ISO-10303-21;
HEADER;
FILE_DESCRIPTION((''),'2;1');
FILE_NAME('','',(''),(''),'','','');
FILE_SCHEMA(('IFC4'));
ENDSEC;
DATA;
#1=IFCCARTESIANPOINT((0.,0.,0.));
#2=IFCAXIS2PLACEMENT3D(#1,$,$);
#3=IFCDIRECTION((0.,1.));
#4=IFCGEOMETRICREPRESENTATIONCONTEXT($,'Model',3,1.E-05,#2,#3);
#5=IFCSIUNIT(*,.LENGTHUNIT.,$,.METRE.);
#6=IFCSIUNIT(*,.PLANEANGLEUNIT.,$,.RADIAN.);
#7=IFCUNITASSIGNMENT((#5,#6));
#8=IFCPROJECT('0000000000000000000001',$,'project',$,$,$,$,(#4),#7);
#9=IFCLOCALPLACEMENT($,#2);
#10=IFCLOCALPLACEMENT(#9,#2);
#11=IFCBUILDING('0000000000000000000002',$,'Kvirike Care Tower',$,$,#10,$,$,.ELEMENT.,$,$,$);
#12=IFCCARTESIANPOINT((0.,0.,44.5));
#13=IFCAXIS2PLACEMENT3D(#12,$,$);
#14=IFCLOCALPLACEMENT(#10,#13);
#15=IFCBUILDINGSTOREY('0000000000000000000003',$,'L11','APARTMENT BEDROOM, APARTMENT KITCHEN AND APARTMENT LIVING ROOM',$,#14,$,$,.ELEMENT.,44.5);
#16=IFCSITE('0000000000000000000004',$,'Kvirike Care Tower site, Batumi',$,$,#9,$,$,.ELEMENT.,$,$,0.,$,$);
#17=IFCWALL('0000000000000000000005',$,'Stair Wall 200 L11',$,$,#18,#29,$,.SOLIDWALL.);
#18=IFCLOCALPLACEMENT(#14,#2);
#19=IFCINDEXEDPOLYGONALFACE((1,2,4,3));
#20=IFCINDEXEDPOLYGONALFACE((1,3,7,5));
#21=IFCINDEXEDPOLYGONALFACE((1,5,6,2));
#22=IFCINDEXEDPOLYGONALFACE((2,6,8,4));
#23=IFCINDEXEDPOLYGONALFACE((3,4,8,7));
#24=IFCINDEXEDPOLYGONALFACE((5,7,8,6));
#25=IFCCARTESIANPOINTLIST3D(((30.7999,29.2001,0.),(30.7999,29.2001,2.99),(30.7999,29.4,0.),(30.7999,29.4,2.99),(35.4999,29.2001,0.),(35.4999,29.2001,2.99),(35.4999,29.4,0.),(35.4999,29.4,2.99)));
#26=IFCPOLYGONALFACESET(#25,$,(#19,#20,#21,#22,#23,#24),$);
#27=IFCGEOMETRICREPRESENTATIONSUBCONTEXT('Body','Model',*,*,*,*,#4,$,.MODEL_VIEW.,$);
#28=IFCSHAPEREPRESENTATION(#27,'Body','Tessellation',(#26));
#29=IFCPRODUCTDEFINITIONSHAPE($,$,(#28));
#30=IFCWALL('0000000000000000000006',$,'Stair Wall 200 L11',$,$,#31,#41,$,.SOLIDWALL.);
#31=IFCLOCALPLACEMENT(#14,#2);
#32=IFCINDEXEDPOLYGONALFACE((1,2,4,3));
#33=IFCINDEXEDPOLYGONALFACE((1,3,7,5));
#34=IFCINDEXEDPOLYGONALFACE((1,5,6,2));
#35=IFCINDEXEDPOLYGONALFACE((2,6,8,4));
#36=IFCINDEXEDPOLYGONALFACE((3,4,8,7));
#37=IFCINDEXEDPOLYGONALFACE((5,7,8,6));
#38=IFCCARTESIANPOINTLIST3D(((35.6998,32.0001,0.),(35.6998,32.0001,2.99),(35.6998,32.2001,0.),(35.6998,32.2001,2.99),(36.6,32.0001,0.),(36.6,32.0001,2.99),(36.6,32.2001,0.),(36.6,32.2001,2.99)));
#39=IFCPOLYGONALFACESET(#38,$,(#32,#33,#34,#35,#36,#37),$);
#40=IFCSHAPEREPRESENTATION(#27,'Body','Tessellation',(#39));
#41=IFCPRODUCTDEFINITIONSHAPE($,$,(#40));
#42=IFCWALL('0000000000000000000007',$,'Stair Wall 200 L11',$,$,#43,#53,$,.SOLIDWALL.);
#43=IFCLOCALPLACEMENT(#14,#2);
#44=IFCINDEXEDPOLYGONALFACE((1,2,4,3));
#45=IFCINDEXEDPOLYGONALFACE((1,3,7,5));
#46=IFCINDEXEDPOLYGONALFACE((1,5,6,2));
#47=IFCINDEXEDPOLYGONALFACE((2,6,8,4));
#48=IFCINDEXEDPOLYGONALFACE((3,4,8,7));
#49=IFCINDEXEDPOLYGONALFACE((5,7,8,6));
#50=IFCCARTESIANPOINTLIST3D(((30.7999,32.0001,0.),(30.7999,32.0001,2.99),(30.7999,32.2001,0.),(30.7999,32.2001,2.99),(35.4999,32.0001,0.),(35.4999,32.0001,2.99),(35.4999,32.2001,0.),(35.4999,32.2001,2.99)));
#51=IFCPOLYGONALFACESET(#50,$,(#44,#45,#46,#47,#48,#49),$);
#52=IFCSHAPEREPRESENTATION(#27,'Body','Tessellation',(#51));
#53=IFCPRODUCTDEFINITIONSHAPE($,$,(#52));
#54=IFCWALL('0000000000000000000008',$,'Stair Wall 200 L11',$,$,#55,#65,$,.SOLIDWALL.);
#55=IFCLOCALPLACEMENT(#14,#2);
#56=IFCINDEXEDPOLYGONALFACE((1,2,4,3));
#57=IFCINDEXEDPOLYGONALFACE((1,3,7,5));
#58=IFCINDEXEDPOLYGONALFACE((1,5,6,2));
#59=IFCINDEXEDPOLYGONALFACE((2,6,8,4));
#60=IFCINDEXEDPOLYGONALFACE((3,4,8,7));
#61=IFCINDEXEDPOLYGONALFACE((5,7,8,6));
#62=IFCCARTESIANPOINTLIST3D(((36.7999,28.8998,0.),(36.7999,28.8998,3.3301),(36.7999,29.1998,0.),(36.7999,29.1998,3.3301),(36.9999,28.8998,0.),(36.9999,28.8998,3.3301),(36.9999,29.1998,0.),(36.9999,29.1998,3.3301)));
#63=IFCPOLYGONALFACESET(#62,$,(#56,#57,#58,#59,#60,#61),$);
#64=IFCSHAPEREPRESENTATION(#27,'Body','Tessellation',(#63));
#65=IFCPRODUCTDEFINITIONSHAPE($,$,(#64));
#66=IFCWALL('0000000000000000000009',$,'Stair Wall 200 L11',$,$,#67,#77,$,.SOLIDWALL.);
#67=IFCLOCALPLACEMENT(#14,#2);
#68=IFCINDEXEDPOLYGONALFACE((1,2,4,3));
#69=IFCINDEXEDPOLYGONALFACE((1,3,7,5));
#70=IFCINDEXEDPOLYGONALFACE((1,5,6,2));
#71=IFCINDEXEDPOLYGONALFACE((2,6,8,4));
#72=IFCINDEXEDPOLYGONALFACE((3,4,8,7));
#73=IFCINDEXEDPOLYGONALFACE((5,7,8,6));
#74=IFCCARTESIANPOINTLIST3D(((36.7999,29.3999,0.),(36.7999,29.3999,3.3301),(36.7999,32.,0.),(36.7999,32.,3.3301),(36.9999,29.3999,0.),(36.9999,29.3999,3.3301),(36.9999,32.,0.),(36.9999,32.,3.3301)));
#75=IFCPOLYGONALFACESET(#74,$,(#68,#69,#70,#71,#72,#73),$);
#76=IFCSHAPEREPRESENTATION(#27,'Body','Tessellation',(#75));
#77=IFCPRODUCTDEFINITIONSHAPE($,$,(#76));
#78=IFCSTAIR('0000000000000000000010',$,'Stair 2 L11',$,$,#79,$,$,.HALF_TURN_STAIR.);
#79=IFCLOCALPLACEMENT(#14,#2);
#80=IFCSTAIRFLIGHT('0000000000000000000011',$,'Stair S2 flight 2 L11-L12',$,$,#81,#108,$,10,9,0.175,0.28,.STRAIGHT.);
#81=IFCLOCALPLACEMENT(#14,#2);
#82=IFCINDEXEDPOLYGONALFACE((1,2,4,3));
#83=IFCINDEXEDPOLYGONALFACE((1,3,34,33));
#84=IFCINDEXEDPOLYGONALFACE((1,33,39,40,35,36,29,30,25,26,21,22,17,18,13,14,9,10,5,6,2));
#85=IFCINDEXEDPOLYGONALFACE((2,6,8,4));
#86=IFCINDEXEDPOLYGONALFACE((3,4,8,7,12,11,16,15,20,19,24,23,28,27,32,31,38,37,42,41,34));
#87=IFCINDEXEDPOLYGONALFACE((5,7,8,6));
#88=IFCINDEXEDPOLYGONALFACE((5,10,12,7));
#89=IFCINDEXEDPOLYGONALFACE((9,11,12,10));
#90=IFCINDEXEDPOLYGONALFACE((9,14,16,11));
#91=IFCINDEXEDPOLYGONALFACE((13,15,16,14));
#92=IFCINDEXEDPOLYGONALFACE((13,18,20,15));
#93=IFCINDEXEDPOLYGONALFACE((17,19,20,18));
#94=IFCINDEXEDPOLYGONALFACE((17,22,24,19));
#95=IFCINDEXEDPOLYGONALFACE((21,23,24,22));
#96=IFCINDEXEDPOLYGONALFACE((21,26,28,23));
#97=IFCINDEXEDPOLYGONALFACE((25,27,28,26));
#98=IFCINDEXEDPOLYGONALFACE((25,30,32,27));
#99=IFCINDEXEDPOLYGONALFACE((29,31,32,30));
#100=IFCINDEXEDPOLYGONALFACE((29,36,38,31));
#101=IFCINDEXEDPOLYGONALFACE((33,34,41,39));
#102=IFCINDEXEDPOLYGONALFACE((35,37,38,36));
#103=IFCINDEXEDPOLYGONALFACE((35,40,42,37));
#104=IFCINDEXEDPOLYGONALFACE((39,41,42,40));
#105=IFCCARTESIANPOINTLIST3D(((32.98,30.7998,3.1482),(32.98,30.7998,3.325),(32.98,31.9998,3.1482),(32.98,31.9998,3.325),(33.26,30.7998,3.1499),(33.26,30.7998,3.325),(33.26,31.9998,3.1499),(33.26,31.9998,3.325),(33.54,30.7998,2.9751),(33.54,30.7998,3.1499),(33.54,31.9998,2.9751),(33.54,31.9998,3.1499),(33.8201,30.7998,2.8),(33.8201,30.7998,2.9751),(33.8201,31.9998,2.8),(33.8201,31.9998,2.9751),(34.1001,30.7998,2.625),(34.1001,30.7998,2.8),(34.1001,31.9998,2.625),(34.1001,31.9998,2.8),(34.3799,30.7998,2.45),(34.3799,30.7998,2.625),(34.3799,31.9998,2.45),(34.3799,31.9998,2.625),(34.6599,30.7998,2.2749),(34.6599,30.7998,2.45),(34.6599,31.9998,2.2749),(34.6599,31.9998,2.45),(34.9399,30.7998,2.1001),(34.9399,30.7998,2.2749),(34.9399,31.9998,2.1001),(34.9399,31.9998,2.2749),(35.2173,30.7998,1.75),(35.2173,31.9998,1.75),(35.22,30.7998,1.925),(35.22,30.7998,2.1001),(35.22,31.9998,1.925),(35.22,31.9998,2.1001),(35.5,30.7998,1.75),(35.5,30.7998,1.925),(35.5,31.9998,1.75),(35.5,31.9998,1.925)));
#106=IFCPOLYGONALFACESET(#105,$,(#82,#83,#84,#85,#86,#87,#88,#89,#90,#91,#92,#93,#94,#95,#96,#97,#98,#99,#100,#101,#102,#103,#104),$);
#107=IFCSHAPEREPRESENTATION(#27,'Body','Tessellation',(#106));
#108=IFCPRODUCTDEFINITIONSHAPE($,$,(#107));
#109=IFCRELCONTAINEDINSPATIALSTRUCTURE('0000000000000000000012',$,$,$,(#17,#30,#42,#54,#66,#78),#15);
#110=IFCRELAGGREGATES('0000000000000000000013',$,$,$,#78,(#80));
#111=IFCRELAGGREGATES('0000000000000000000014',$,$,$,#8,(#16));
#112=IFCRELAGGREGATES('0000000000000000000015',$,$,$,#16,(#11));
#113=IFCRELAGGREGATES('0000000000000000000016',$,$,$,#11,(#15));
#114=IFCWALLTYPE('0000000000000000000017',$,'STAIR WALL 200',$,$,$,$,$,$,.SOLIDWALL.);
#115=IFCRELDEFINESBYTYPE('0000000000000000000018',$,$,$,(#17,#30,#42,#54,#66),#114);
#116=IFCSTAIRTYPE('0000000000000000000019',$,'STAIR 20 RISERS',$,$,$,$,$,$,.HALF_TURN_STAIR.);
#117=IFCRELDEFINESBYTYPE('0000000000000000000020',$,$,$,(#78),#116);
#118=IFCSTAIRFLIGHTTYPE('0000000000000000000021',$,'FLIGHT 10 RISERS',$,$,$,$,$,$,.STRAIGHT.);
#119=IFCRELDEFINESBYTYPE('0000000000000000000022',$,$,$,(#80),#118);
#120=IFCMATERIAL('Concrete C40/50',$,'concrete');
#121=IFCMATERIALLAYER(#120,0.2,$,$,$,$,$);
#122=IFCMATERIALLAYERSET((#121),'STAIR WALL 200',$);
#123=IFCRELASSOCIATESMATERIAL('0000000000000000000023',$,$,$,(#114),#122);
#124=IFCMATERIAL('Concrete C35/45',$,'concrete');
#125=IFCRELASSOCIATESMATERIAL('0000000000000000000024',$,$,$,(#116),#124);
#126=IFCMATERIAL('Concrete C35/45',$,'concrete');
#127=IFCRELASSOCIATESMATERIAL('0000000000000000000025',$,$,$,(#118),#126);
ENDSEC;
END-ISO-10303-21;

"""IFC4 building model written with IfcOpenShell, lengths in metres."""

from ifc_helpers import new_model, si_unit, direction, frame, frame_2d, origin, place, context, subcontext, project, spatial, polyline, rectangle, outline, extrude, material, layer, layer_set, type_object, element, aggregate, save


model = new_model("IFC4")

# Units and contexts
model_context = context("Model", 3, precision=1e-05, world=origin(), true_north=direction((0.0, 1.0)))
body_context = subcontext(model_context, "Body", "Model", "MODEL_VIEW")
ifc_project = project(units=[si_unit("LENGTHUNIT", "METRE"), si_unit("PLANEANGLEUNIT", "RADIAN")], contexts=[model_context])

# Site, building, storey
site_placement = place(None, origin())
site = spatial("IfcSite", under=ifc_project, at=site_placement, Name="Kvirike Care Tower site, Batumi", CompositionType="ELEMENT", RefElevation=0.0)
building_placement = place(site_placement, origin())
building = spatial("IfcBuilding", under=site, at=building_placement, Name="Kvirike Care Tower", CompositionType="ELEMENT")
storey_placement = place(building_placement, frame((0.0, 0.0, 44.5)))
storey = spatial("IfcBuildingStorey", under=building, at=storey_placement, Name="L11", Description="APARTMENT BEDROOM, APARTMENT KITCHEN AND APARTMENT LIVING ROOM", CompositionType="ELEMENT", Elevation=44.5)

# Walls
ifc_material_1 = material(Name="Concrete C40/50", Category="concrete")
ifc_layer_1 = layer(ifc_material_1, 0.2)
ifc_layer_set_1 = layer_set([ifc_layer_1], Name="STAIR WALL 200")
wall_type_1 = type_object("IfcWallType", Name="STAIR WALL 200", PredefinedType="SOLIDWALL", material=ifc_layer_set_1)
wall_1_placement = place(storey_placement, frame((35.5, 29.3, 0.0), z_axis=(0.0, 0.0, 1.0), x_axis=(-1.0, 0.0, 0.0)))
element("IfcWall", 1, at=wall_1_placement, inside=storey, type_object=wall_type_1, Name="Stair Wall 200 L11", PredefinedType="SOLIDWALL", context=body_context, shape_type="SweptSolid", body=[
    extrude(rectangle(XDim=4.7, YDim=0.2, at=frame_2d((2.3501, 0.0))), origin(), (0.0, 0.0, 1.0), 2.99),
])
wall_2_placement = place(storey_placement, frame((36.6001, 32.1001, 0.0), z_axis=(0.0, 0.0, 1.0), x_axis=(-1.0, 0.0, 0.0)))
element("IfcWall", 2, at=wall_2_placement, inside=storey, type_object=wall_type_1, Name="Stair Wall 200 L11", PredefinedType="SOLIDWALL", context=body_context, shape_type="SweptSolid", body=[
    extrude(rectangle(XDim=0.9001, YDim=0.2, at=frame_2d((0.4502, 0.0))), origin(), (0.0, 0.0, 1.0), 2.99),
])
wall_3_placement = place(storey_placement, frame((35.5, 32.1001, 0.0), z_axis=(0.0, 0.0, 1.0), x_axis=(-1.0, 0.0, 0.0)))
element("IfcWall", 3, at=wall_3_placement, inside=storey, type_object=wall_type_1, Name="Stair Wall 200 L11", PredefinedType="SOLIDWALL", context=body_context, shape_type="SweptSolid", body=[
    extrude(rectangle(XDim=4.7, YDim=0.2, at=frame_2d((2.3501, 0.0))), origin(), (0.0, 0.0, 1.0), 2.99),
])
wall_4_placement = place(storey_placement, frame((36.8999, 28.8999, 0.0), z_axis=(0.0, 0.0, 1.0), x_axis=(0.0, 1.0, 0.0)))
element("IfcWall", 4, at=wall_4_placement, inside=storey, type_object=wall_type_1, Name="Stair Wall 200 L11", PredefinedType="SOLIDWALL", context=body_context, shape_type="SweptSolid", body=[
    extrude(rectangle(XDim=0.3, YDim=0.2, at=frame_2d((0.1499, 0.0))), origin(), (0.0, 0.0, 1.0), 3.3301),
])
wall_5_placement = place(storey_placement, frame((36.8999, 29.3999, 0.0), z_axis=(0.0, 0.0, 1.0), x_axis=(0.0, 1.0, 0.0)))
element("IfcWall", 5, at=wall_5_placement, inside=storey, type_object=wall_type_1, Name="Stair Wall 200 L11", PredefinedType="SOLIDWALL", context=body_context, shape_type="SweptSolid", body=[
    extrude(rectangle(XDim=2.6001, YDim=0.2, at=frame_2d((1.3, 0.0))), origin(), (0.0, 0.0, 1.0), 3.3301),
])

# Stair, stair flight
ifc_material_2 = material(Name="Concrete C35/45", Category="concrete")
stair_type = type_object("IfcStairType", Name="STAIR 20 RISERS", PredefinedType="HALF_TURN_STAIR", material=ifc_material_2)
stair_placement = place(storey_placement, origin())
stair = element("IfcStair", 6, at=stair_placement, inside=storey, type_object=stair_type, Name="Stair 2 L11", PredefinedType="HALF_TURN_STAIR")
ifc_material_3 = material(Name="Concrete C35/45", Category="concrete")
stair_flight_type = type_object("IfcStairFlightType", Name="FLIGHT 10 RISERS", PredefinedType="STRAIGHT", material=ifc_material_3)
stair_flight_placement = place(storey_placement, frame((35.5, 31.3999, 1.75), z_axis=(0.0, 0.0, 1.0), x_axis=(-1.0, 0.0, 0.0)))
stair_flight = element("IfcStairFlight", 7, at=stair_flight_placement, type_object=stair_flight_type, Name="Stair S2 flight 2 L11-L12", NumberOfRisers=10, NumberOfTreads=9, PredefinedType="STRAIGHT", RiserHeight=0.175, TreadLength=0.28, context=body_context, shape_type="SweptSolid", body=[
    extrude(outline(polyline([(0.0, 0.0), (0.0, 0.175), (0.28, 0.175), (0.28, 0.3501), (0.5601, 0.3501), (0.5601, 0.5249), (0.8401, 0.5249), (0.8401, 0.7), (1.1201, 0.7), (1.1201, 0.875), (1.3999, 0.875), (1.3999, 1.05), (1.6799, 1.05), (1.6799, 1.2251), (1.96, 1.2251), (1.96, 1.3999), (2.24, 1.3999), (2.24, 1.575), (2.52, 1.575), (2.52, 1.75), (2.52, 1.3982), (0.2827, 0.0), (0.0, 0.0)])), frame((0.0, 0.6001, 0.0), z_axis=(0.0, -1.0, 0.0), x_axis=(1.0, 0.0, 0.0)), (0.0, 0.0, 1.0), 1.2),
])
aggregate(stair, [stair_flight])

save(model, "model.ifc")
